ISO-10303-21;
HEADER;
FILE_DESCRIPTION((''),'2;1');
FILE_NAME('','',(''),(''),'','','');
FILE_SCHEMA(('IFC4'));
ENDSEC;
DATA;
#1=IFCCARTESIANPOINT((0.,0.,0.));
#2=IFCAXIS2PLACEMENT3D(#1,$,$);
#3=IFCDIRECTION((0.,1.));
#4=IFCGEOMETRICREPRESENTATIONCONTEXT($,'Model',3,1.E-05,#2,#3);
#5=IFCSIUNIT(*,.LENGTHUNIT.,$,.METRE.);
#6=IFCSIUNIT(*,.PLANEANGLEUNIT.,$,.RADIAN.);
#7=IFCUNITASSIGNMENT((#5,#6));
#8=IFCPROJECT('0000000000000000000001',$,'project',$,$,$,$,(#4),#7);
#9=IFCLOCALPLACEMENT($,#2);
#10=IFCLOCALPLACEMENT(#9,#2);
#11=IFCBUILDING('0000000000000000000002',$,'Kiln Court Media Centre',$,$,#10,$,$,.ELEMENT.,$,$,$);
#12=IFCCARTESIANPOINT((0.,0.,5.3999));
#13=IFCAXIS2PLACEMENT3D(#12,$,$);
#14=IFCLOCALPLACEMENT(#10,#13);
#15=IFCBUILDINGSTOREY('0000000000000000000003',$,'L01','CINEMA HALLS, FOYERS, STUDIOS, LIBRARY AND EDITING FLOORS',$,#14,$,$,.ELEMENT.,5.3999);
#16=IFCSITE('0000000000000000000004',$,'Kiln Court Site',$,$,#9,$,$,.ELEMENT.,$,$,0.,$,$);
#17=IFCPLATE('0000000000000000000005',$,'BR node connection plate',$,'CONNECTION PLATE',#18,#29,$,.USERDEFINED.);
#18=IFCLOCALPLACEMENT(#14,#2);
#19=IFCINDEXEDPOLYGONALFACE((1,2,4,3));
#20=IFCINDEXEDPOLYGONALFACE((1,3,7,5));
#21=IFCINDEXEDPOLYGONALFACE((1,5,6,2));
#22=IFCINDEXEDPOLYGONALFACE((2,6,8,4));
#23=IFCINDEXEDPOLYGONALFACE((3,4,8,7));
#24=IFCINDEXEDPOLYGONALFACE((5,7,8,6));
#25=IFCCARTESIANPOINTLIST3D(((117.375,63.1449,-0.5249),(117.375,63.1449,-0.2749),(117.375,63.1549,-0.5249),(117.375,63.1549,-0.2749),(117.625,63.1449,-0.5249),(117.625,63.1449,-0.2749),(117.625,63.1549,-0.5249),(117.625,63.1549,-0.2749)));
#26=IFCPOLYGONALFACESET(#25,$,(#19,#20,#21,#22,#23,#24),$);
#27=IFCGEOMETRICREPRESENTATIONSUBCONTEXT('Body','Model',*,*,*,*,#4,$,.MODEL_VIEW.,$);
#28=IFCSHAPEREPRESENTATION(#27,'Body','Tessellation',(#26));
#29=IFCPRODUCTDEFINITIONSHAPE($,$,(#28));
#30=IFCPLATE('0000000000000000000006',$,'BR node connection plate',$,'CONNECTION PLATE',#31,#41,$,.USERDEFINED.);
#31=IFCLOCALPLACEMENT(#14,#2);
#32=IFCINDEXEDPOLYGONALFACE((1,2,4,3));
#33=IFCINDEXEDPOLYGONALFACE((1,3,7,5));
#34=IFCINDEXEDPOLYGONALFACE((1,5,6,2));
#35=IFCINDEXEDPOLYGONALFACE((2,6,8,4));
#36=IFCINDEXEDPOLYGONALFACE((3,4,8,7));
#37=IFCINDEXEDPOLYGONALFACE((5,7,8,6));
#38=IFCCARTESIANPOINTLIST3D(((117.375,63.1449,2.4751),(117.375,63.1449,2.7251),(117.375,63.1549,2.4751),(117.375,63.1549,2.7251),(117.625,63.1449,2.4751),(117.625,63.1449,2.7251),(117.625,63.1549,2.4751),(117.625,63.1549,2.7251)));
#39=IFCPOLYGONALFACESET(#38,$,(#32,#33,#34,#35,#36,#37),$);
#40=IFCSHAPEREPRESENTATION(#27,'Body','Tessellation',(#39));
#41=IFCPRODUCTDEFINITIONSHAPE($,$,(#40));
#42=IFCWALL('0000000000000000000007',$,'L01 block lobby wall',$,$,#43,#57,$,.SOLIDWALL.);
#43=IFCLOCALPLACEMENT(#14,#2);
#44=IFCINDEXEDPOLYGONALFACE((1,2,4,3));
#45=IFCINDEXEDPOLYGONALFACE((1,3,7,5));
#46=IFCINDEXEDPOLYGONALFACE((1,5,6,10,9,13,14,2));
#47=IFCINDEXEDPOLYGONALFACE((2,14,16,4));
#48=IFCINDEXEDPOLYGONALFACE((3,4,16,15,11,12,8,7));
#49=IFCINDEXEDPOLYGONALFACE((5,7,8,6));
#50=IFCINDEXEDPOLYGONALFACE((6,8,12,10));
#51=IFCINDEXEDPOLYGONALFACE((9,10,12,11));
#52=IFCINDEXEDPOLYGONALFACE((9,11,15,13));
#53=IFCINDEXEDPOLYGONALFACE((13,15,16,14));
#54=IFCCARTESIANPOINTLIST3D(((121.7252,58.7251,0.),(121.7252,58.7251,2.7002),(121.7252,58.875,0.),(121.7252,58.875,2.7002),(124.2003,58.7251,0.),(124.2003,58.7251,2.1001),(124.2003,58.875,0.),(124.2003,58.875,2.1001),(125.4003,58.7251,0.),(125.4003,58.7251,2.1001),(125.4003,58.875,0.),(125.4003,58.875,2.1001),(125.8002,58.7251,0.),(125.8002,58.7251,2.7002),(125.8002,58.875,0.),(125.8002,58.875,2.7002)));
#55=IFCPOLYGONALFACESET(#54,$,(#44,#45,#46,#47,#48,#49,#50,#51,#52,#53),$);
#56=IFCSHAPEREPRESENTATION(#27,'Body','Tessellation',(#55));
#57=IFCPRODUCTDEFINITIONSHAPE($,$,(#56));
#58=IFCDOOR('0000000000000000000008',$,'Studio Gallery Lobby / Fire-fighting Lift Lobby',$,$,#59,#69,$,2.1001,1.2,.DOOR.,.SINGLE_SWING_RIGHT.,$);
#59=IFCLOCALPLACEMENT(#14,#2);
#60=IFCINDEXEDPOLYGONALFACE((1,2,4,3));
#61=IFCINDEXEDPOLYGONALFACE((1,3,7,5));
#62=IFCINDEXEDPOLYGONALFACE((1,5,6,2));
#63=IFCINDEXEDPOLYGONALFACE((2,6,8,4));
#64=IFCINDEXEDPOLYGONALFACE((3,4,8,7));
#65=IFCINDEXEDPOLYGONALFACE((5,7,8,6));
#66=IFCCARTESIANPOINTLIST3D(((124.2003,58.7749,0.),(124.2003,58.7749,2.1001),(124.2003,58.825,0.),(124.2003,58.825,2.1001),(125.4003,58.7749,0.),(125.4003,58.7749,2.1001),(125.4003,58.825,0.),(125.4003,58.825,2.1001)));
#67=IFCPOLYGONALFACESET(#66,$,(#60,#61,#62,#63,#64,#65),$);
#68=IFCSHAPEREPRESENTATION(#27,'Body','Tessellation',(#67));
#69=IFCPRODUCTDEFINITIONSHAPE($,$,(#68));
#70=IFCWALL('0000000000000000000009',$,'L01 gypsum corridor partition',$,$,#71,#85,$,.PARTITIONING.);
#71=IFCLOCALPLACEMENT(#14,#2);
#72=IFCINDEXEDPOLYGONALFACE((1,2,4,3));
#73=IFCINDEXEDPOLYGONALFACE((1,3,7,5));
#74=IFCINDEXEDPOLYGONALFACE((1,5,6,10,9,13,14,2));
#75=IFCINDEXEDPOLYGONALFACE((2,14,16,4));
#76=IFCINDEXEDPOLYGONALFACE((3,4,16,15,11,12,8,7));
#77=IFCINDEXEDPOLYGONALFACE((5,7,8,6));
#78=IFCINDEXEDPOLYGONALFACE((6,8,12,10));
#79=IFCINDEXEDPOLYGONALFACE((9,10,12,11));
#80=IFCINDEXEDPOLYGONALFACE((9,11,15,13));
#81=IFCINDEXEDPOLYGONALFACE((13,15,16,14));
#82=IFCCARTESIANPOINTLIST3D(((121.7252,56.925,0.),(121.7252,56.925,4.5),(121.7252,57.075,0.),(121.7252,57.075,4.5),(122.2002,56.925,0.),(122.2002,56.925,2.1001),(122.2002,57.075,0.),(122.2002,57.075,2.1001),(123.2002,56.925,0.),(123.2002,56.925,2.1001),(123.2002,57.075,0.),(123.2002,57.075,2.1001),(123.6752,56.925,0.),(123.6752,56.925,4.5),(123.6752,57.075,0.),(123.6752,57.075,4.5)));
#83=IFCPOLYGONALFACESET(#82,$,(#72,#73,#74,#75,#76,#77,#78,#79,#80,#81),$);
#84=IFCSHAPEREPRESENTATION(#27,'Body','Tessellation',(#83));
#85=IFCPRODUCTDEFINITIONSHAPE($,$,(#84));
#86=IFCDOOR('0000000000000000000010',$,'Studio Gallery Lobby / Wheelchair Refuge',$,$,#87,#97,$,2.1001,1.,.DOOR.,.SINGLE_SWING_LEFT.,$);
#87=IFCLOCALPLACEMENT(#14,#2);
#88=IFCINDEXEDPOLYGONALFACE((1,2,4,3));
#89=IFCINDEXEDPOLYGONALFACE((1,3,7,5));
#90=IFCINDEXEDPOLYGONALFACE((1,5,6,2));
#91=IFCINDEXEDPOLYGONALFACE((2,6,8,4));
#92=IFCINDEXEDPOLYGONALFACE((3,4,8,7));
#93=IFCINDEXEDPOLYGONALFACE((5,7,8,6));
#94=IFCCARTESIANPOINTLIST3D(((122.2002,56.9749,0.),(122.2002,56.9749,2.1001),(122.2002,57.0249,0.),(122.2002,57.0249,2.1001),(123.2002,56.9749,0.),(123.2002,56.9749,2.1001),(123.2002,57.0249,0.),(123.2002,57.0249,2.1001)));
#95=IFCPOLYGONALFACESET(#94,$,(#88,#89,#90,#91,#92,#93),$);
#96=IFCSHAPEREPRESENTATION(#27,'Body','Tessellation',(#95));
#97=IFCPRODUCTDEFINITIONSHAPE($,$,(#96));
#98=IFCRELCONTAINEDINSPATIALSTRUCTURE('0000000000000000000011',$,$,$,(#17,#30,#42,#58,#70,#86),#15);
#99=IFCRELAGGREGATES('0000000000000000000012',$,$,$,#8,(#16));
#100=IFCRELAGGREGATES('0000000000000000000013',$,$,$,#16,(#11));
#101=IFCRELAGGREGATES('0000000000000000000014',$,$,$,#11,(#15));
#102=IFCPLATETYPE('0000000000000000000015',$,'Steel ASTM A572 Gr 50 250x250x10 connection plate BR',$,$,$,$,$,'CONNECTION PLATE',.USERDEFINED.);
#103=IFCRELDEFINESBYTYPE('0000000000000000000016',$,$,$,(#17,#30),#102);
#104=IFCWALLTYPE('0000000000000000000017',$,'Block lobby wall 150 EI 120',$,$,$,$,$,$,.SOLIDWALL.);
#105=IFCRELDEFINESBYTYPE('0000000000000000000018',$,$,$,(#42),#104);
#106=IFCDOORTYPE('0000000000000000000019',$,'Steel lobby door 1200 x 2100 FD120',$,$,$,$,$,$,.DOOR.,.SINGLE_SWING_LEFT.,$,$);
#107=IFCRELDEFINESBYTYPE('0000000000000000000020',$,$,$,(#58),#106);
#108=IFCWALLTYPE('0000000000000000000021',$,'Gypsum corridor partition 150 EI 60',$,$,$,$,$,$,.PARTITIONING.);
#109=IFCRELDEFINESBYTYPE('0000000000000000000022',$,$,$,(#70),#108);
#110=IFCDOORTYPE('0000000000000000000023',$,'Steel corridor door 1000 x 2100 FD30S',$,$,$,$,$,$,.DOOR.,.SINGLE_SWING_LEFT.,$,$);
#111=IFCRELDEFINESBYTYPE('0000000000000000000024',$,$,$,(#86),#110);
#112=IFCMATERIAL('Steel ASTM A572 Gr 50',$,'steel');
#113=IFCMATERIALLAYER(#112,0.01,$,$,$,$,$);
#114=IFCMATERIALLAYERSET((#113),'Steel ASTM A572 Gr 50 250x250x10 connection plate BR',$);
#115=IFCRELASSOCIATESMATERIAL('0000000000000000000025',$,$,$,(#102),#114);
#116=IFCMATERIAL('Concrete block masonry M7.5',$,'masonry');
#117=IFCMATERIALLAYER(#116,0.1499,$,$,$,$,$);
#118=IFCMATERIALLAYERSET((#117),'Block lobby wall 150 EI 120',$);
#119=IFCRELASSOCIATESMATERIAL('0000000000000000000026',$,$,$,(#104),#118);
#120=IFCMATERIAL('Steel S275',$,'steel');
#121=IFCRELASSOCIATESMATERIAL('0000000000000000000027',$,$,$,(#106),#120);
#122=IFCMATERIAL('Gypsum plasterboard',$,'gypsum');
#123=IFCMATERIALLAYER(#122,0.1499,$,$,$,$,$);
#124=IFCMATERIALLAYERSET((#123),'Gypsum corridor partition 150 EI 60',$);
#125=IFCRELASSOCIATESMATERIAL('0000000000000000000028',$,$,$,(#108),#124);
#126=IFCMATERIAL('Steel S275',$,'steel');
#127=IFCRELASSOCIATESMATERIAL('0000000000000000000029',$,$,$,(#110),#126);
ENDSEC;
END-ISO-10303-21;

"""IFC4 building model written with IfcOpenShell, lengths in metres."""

from ifc_helpers import new_model, si_unit, direction, frame, frame_2d, origin, origin_2d, place, context, subcontext, project, spatial, rectangle, extrude, material, layer, layer_set, type_object, element, fill, save


model = new_model("IFC4")

# Units and contexts
model_context = context("Model", 3, precision=1e-05, world=origin(), true_north=direction((0.0, 1.0)))
body_context = subcontext(model_context, "Body", "Model", "MODEL_VIEW")
ifc_project = project(units=[si_unit("LENGTHUNIT", "METRE"), si_unit("PLANEANGLEUNIT", "RADIAN")], contexts=[model_context])

# Site, building, storey
site_placement = place(None, origin())
site = spatial("IfcSite", under=ifc_project, at=site_placement, Name="Kiln Court Site", CompositionType="ELEMENT", RefElevation=0.0)
building_placement = place(site_placement, origin())
building = spatial("IfcBuilding", under=site, at=building_placement, Name="Kiln Court Media Centre", CompositionType="ELEMENT")
storey_placement = place(building_placement, frame((0.0, 0.0, 5.3999)))
storey = spatial("IfcBuildingStorey", under=building, at=storey_placement, Name="L01", Description="CINEMA HALLS, FOYERS, STUDIOS, LIBRARY AND EDITING FLOORS", CompositionType="ELEMENT", Elevation=5.3999)

# Plates
ifc_material_1 = material(Name="Steel ASTM A572 Gr 50", Category="steel")
ifc_layer_1 = layer(ifc_material_1, 0.01)
ifc_layer_set_1 = layer_set([ifc_layer_1], Name="Steel ASTM A572 Gr 50 250x250x10 connection plate BR")
plate_type_1 = type_object("IfcPlateType", Name="Steel ASTM A572 Gr 50 250x250x10 connection plate BR", ElementType="CONNECTION PLATE", PredefinedType="USERDEFINED", material=ifc_layer_set_1)
for number, where, z_axis, x_axis, name in (
    (1, (117.5, 63.1499, -0.5249), (0.0, 0.0, 1.0), (1.0, 0.0, 0.0), "BR node connection plate"),
    (2, (117.5, 63.1499, 2.4751), (0.0, 0.0, 1.0), (1.0, 0.0, 0.0), "BR node connection plate"),
):
    element("IfcPlate", number, at=place(storey_placement, frame(where, z_axis=z_axis, x_axis=x_axis)), inside=storey, type_object=plate_type_1, Name=name, ObjectType="CONNECTION PLATE", PredefinedType="USERDEFINED", context=body_context, shape_type="SweptSolid", body=[
        extrude(rectangle(XDim=0.25, YDim=0.01, at=origin_2d()), origin(), (0.0, 0.0, 1.0), 0.25),
    ])

# Walls, openings, doors
ifc_material_2 = material(Name="Concrete block masonry M7.5", Category="masonry")
ifc_layer_2 = layer(ifc_material_2, 0.1499)
ifc_layer_set_2 = layer_set([ifc_layer_2], Name="Block lobby wall 150 EI 120")
wall_type_1 = type_object("IfcWallType", Name="Block lobby wall 150 EI 120", PredefinedType="SOLIDWALL", material=ifc_layer_set_2)
wall_1_placement = place(storey_placement, frame((121.7251, 58.8, 0.0), z_axis=(0.0, 0.0, 1.0), x_axis=(1.0, 0.0, 0.0)))
wall_1 = element("IfcWall", 3, at=wall_1_placement, inside=storey, type_object=wall_type_1, Name="L01 block lobby wall", PredefinedType="SOLIDWALL", context=body_context, shape_type="SweptSolid", body=[
    extrude(rectangle(XDim=4.075, YDim=0.1499, at=frame_2d((2.0376, 0.0))), origin(), (0.0, 0.0, 1.0), 2.7002),
])
opening_1_placement = place(wall_1_placement, frame((2.4751, 0.0, 0.0)))
opening_1 = element("IfcOpeningElement", 4, at=opening_1_placement, cuts=wall_1, PredefinedType="OPENING", context=body_context, shape_type="SweptSolid", body=[
    extrude(rectangle(XDim=1.2, YDim=2.1001, at=frame_2d((0.6001, 1.05))), frame((0.0, 0.085, 0.0), z_axis=(0.0, -1.0, 0.0), x_axis=(1.0, 0.0, 0.0)), (0.0, 0.0, 1.0), 0.1699),
])
ifc_material_3 = material(Name="Steel S275", Category="steel")
door_type_1 = type_object("IfcDoorType", Name="Steel lobby door 1200 x 2100 FD120", OperationType="SINGLE_SWING_LEFT", PredefinedType="DOOR", material=ifc_material_3)
door_1_placement = place(opening_1_placement, origin())
door_1 = element("IfcDoor", 5, at=door_1_placement, inside=storey, type_object=door_type_1, Name="Studio Gallery Lobby / Fire-fighting Lift Lobby", OperationType="SINGLE_SWING_RIGHT", OverallHeight=2.1001, OverallWidth=1.2, PredefinedType="DOOR", context=body_context, shape_type="SweptSolid", body=[
    extrude(rectangle(XDim=1.2, YDim=2.1001, at=frame_2d((0.6001, 1.05))), frame((0.0, 0.0249, 0.0), z_axis=(0.0, -1.0, 0.0), x_axis=(1.0, 0.0, 0.0)), (0.0, 0.0, 1.0), 0.05),
])
fill(opening_1, door_1)
ifc_material_4 = material(Name="Gypsum plasterboard", Category="gypsum")
ifc_layer_3 = layer(ifc_material_4, 0.1499)
ifc_layer_set_3 = layer_set([ifc_layer_3], Name="Gypsum corridor partition 150 EI 60")
wall_type_2 = type_object("IfcWallType", Name="Gypsum corridor partition 150 EI 60", PredefinedType="PARTITIONING", material=ifc_layer_set_3)
wall_2_placement = place(storey_placement, frame((121.7251, 57.0, 0.0), z_axis=(0.0, 0.0, 1.0), x_axis=(1.0, 0.0, 0.0)))
wall_2 = element("IfcWall", 6, at=wall_2_placement, inside=storey, type_object=wall_type_2, Name="L01 gypsum corridor partition", PredefinedType="PARTITIONING", context=body_context, shape_type="SweptSolid", body=[
    extrude(rectangle(XDim=1.95, YDim=0.1499, at=frame_2d((0.9751, 0.0))), origin(), (0.0, 0.0, 1.0), 4.5),
])
opening_2_placement = place(wall_2_placement, frame((0.4751, 0.0, 0.0)))
opening_2 = element("IfcOpeningElement", 7, at=opening_2_placement, cuts=wall_2, PredefinedType="OPENING", context=body_context, shape_type="SweptSolid", body=[
    extrude(rectangle(XDim=1.0, YDim=2.1001, at=frame_2d((0.5, 1.05))), frame((0.0, 0.085, 0.0), z_axis=(0.0, -1.0, 0.0), x_axis=(1.0, 0.0, 0.0)), (0.0, 0.0, 1.0), 0.1699),
])
ifc_material_5 = material(Name="Steel S275", Category="steel")
door_type_2 = type_object("IfcDoorType", Name="Steel corridor door 1000 x 2100 FD30S", OperationType="SINGLE_SWING_LEFT", PredefinedType="DOOR", material=ifc_material_5)
door_2_placement = place(opening_2_placement, origin())
door_2 = element("IfcDoor", 8, at=door_2_placement, inside=storey, type_object=door_type_2, Name="Studio Gallery Lobby / Wheelchair Refuge", OperationType="SINGLE_SWING_LEFT", OverallHeight=2.1001, OverallWidth=1.0, PredefinedType="DOOR", context=body_context, shape_type="SweptSolid", body=[
    extrude(rectangle(XDim=1.0, YDim=2.1001, at=frame_2d((0.5, 1.05))), frame((0.0, 0.0249, 0.0), z_axis=(0.0, -1.0, 0.0), x_axis=(1.0, 0.0, 0.0)), (0.0, 0.0, 1.0), 0.05),
])
fill(opening_2, door_2)

save(model, "model.ifc")
